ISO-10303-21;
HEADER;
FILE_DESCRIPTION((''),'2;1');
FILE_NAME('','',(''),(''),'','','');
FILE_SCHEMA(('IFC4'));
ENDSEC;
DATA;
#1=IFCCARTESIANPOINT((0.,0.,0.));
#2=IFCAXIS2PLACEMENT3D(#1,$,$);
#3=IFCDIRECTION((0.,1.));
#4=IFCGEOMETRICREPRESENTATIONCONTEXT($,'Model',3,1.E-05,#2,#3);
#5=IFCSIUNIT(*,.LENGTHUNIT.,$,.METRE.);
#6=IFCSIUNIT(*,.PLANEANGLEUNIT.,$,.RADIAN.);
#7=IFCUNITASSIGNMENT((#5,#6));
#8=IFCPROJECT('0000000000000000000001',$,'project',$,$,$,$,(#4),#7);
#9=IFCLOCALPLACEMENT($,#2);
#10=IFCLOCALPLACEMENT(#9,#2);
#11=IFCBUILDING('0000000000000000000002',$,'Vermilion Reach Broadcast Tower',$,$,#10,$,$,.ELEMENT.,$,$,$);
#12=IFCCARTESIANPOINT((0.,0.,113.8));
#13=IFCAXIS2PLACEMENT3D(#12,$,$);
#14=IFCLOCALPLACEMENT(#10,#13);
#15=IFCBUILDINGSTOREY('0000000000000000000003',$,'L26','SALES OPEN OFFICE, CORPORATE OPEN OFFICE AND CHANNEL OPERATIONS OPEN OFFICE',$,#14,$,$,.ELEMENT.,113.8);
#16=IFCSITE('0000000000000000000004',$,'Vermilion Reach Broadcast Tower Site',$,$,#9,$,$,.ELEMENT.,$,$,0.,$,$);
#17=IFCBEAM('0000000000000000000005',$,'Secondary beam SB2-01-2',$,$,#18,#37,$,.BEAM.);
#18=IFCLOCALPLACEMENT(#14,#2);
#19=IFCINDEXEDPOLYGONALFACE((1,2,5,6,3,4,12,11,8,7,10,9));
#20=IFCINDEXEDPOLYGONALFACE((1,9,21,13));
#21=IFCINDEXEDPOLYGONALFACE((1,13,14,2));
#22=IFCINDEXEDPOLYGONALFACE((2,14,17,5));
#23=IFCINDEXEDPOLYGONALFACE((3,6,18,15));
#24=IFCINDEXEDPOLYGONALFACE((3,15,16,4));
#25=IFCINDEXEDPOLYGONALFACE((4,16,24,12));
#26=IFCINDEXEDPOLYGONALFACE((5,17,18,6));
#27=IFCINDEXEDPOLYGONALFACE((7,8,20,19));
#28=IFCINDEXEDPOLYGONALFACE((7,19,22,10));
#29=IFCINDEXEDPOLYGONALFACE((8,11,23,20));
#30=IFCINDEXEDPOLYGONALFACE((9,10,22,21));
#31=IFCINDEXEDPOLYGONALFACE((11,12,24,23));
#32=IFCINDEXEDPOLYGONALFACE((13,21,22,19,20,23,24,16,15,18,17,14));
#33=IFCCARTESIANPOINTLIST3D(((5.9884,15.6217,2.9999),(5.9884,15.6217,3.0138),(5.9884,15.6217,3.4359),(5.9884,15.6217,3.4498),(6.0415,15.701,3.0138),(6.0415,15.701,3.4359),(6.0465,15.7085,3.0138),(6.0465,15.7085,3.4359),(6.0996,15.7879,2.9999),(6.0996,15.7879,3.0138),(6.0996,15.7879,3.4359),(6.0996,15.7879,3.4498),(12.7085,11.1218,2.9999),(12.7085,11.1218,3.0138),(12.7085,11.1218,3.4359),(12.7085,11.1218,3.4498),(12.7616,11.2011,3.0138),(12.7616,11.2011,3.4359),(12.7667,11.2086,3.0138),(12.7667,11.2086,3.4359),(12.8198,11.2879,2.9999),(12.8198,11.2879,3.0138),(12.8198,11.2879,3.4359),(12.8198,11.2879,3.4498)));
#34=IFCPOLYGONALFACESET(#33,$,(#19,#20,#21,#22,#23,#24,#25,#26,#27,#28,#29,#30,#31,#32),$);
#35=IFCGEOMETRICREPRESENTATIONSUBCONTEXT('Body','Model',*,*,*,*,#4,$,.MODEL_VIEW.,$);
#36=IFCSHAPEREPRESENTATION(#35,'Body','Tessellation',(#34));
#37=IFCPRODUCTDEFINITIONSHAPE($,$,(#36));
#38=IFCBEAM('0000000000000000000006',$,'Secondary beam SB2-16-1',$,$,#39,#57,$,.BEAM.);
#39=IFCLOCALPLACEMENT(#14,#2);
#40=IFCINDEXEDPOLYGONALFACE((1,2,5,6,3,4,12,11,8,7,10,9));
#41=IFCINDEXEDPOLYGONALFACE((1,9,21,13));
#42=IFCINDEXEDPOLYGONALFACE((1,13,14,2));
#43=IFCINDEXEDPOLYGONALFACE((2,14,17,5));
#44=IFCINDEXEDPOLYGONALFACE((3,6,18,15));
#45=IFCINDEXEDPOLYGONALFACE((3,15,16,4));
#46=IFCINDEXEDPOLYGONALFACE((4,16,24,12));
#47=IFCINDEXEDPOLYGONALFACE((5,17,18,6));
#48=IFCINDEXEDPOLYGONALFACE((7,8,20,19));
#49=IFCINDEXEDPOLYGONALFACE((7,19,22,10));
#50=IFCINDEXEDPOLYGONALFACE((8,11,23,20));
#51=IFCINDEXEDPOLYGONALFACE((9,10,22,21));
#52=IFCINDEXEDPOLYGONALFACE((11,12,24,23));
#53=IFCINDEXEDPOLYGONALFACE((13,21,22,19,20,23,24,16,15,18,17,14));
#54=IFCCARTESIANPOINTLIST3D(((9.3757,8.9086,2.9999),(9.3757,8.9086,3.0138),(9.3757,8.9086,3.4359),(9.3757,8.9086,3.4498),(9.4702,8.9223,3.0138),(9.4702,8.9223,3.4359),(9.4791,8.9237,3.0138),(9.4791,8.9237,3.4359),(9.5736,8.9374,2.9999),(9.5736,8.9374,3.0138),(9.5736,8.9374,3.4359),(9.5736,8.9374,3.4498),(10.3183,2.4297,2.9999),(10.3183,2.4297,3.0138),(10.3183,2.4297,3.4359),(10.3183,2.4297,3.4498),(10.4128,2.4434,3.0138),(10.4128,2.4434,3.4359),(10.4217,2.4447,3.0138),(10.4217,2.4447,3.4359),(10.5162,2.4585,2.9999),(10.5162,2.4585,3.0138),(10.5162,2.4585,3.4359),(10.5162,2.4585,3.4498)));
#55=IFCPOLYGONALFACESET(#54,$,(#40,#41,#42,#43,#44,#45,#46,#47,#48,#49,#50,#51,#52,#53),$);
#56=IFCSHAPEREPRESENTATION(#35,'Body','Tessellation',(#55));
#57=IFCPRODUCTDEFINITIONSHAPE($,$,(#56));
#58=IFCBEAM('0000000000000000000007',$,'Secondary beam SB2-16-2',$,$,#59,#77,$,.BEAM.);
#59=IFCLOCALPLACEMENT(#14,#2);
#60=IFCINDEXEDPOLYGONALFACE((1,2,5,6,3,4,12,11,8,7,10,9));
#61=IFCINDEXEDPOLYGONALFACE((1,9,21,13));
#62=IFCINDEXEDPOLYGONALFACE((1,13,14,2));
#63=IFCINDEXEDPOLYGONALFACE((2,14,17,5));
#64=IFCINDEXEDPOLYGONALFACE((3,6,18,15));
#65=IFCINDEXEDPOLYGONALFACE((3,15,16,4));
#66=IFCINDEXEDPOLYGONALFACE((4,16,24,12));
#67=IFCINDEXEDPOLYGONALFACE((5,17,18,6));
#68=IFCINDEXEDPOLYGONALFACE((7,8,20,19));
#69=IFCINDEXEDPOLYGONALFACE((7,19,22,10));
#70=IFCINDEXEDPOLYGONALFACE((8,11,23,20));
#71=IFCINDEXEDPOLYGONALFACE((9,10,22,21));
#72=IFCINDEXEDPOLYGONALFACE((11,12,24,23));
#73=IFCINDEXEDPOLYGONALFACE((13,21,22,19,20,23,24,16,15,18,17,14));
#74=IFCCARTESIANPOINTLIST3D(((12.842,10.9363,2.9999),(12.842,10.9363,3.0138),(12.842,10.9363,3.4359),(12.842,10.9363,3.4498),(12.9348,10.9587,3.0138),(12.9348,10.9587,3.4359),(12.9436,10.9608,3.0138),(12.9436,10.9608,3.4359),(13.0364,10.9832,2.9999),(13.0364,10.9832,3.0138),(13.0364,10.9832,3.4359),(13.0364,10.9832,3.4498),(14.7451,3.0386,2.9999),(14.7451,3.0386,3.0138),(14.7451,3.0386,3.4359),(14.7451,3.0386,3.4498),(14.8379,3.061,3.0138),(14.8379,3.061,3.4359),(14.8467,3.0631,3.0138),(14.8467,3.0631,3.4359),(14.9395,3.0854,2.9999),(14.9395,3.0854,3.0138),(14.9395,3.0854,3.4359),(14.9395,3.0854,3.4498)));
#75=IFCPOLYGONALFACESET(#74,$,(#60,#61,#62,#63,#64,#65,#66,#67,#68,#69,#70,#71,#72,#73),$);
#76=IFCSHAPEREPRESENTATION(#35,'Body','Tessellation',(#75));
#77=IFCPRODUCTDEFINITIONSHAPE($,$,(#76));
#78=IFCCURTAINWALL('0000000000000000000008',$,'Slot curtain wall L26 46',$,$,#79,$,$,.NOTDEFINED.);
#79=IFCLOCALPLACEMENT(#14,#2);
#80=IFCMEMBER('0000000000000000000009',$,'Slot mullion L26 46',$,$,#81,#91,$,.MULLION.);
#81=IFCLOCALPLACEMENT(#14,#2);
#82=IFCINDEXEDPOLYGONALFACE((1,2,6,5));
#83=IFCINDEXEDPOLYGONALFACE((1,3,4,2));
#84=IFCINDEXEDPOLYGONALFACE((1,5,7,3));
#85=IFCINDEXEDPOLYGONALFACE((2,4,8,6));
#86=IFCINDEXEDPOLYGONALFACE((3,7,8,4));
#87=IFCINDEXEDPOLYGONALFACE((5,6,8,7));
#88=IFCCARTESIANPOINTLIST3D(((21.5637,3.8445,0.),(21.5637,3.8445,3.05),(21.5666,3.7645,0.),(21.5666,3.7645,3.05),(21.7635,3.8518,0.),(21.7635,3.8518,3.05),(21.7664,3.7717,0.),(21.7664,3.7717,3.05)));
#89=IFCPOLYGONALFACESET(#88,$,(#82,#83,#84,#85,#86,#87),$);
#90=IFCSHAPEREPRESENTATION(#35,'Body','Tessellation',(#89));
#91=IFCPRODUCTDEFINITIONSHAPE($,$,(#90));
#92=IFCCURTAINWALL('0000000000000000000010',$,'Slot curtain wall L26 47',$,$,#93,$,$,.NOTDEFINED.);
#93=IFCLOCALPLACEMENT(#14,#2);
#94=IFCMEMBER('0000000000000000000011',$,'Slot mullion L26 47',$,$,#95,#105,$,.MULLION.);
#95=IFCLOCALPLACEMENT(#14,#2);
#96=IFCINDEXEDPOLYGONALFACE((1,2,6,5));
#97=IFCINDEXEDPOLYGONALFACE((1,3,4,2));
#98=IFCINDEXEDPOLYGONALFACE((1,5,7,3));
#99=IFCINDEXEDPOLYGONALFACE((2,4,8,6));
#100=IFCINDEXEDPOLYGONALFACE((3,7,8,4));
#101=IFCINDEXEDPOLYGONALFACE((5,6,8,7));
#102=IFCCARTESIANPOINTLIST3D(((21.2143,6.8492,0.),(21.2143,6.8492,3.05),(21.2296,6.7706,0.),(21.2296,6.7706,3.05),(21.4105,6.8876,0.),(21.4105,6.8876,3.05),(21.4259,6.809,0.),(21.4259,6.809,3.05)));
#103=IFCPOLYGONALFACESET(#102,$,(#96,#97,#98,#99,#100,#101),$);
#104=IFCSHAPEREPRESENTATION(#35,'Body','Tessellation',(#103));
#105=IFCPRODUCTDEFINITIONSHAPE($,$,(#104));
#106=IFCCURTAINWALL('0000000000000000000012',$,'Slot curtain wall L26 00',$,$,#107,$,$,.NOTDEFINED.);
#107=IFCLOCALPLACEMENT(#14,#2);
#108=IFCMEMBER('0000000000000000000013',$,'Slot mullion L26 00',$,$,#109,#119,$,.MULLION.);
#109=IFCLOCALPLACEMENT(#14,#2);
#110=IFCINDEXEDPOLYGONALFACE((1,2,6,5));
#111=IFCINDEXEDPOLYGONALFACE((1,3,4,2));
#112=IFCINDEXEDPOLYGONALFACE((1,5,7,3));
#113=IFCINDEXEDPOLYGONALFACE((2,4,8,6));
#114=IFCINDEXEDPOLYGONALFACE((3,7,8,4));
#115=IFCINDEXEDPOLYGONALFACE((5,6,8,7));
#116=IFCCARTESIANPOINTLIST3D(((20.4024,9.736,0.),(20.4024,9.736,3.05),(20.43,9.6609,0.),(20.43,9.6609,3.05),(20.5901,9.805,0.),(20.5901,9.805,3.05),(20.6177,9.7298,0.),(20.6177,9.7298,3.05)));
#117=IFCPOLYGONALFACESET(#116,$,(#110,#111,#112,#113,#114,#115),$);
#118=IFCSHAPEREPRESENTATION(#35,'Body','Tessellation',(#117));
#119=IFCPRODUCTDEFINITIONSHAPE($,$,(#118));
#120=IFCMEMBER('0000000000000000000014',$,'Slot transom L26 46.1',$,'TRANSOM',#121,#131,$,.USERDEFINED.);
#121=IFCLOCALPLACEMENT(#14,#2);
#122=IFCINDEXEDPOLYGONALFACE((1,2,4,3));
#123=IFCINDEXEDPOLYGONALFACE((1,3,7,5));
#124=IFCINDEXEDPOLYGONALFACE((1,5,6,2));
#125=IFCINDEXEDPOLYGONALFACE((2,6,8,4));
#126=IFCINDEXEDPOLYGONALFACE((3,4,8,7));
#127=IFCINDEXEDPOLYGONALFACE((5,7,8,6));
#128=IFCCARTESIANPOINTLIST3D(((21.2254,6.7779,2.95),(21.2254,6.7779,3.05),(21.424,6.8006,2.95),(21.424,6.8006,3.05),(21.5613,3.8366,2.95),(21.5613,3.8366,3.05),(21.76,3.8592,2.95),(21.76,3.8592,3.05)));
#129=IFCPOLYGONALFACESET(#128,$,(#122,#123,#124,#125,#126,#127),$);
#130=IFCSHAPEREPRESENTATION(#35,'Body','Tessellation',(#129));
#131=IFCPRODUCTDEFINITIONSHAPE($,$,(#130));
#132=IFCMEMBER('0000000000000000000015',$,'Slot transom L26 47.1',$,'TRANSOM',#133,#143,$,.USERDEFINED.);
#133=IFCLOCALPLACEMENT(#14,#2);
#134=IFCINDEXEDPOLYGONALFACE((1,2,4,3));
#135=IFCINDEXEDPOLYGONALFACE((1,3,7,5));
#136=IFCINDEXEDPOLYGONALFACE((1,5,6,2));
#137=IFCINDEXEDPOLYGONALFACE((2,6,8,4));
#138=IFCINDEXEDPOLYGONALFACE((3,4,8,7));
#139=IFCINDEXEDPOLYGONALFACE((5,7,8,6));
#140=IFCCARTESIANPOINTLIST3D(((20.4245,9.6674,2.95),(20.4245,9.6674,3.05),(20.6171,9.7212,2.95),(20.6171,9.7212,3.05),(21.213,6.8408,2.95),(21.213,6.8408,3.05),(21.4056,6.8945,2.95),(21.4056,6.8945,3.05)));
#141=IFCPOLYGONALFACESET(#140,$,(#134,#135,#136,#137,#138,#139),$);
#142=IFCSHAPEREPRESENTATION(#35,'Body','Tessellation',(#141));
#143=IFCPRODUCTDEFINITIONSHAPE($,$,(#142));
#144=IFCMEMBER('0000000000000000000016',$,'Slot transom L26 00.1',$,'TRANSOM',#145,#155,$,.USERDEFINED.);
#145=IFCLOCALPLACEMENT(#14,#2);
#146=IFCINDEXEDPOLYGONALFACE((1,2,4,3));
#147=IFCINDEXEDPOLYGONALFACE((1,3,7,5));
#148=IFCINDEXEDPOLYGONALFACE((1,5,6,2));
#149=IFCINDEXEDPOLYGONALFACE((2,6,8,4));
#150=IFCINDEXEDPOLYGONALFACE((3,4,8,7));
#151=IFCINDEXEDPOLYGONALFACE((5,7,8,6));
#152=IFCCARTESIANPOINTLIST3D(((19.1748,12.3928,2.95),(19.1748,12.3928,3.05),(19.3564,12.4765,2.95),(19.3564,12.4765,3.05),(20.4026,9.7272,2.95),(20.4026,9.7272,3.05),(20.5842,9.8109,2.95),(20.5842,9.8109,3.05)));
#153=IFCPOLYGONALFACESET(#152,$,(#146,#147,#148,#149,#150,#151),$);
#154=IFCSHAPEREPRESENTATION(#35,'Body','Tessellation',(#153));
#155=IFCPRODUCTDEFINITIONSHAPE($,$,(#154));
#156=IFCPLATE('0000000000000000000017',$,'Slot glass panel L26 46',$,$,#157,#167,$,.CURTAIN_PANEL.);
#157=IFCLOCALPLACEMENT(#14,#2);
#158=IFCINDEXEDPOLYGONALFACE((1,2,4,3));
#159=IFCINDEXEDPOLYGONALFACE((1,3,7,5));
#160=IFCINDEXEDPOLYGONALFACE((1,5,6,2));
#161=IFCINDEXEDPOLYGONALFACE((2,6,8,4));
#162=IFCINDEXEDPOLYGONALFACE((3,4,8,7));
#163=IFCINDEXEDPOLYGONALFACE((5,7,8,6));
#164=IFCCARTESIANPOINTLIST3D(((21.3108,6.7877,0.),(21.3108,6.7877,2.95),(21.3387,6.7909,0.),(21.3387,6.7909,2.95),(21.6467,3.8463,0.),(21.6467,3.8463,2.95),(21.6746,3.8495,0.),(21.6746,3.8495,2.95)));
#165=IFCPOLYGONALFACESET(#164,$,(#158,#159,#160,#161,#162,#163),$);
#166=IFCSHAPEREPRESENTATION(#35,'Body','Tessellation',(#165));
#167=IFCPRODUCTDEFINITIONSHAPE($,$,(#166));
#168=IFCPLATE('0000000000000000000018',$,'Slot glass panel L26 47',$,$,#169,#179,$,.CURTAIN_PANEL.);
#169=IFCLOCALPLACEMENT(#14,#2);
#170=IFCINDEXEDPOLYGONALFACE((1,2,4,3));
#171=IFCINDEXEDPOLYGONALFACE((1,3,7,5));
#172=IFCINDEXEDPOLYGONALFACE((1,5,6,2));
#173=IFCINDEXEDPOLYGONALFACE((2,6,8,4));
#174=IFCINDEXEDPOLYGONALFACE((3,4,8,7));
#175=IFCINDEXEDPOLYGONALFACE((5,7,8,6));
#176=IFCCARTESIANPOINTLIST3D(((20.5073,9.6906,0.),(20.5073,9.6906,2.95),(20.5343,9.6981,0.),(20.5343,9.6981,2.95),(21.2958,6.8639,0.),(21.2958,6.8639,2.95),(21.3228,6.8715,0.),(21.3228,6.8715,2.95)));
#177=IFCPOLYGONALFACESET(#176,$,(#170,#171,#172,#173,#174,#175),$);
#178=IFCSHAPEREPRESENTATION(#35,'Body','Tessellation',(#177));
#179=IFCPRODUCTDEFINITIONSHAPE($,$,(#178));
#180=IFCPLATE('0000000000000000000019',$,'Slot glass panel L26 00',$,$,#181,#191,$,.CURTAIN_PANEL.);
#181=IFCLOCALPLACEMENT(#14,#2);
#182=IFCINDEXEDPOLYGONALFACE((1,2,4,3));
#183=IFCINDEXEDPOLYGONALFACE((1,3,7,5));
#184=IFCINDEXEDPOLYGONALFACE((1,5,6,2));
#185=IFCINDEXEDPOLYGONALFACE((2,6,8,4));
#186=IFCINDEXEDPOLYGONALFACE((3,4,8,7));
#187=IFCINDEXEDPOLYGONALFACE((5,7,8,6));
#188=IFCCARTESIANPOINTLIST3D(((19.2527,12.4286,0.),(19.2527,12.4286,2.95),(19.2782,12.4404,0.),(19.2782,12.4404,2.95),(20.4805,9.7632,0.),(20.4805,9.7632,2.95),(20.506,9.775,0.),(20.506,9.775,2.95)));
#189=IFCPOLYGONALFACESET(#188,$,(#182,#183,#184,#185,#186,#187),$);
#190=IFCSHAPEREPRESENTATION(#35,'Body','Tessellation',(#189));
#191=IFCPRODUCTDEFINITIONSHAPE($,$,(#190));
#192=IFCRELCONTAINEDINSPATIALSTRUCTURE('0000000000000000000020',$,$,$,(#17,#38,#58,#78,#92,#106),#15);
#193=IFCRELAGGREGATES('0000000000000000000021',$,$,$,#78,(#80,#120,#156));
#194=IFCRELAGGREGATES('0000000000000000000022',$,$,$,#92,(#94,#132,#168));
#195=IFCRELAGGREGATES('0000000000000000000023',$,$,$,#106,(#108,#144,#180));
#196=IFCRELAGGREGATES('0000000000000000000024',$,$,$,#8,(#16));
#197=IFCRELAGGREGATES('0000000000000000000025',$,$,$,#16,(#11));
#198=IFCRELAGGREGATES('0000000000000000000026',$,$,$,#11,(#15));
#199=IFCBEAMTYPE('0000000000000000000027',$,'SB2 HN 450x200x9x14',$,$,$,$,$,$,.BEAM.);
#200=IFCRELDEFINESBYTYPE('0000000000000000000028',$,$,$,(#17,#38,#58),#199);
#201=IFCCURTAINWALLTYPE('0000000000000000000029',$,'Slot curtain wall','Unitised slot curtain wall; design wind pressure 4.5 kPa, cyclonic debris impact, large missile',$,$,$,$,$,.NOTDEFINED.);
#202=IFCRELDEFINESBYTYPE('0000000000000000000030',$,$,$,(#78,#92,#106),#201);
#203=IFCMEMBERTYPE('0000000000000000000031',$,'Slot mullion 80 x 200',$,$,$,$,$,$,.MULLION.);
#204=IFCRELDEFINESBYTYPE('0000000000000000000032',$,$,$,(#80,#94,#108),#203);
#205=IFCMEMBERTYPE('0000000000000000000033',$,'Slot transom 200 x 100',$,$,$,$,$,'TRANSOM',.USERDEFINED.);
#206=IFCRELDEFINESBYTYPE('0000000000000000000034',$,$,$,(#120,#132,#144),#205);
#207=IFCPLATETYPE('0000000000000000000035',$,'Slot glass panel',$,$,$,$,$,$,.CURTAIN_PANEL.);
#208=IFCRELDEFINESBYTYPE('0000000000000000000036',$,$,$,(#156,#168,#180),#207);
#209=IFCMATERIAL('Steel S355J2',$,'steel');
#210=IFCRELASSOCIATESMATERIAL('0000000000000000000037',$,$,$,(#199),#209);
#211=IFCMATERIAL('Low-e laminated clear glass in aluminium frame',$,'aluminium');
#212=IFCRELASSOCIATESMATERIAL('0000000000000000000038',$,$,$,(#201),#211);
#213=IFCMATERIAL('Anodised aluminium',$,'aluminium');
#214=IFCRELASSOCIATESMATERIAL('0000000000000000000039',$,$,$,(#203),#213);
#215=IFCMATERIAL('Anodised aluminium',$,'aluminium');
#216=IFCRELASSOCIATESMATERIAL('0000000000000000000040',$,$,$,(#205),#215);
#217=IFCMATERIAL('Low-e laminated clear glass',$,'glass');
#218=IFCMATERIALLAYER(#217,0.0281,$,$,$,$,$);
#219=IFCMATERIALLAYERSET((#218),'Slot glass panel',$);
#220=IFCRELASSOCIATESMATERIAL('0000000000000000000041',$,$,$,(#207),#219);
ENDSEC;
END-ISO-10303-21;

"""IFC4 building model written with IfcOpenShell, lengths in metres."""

from ifc_helpers import new_model, si_unit, direction, frame, origin, origin_2d, place, context, subcontext, project, spatial, rectangle, i_section, extrude, material, layer, layer_set, material_profile, profile_set, type_object, element, aggregate, save


model = new_model("IFC4")

# Units and contexts
model_context = context("Model", 3, precision=1e-05, world=origin(), true_north=direction((0.0, 1.0)))
body_context = subcontext(model_context, "Body", "Model", "MODEL_VIEW")
ifc_project = project(units=[si_unit("LENGTHUNIT", "METRE"), si_unit("PLANEANGLEUNIT", "RADIAN")], contexts=[model_context])

# Site, building, storey
site_placement = place(None, origin())
site = spatial("IfcSite", under=ifc_project, at=site_placement, Name="Vermilion Reach Broadcast Tower Site", CompositionType="ELEMENT", RefElevation=0.0)
building_placement = place(site_placement, origin())
building = spatial("IfcBuilding", under=site, at=building_placement, Name="Vermilion Reach Broadcast Tower", CompositionType="ELEMENT")
storey_placement = place(building_placement, frame((0.0, 0.0, 113.8)))
storey = spatial("IfcBuildingStorey", under=building, at=storey_placement, Name="L26", Description="SALES OPEN OFFICE, CORPORATE OPEN OFFICE AND CHANNEL OPERATIONS OPEN OFFICE", CompositionType="ELEMENT", Elevation=113.8)

# Beams
ifc_material_1 = material(Name="Steel S355J2", Category="steel")
ifc_material_profile_1 = material_profile(ifc_material_1, i_section(OverallWidth=0.2, OverallDepth=0.45, WebThickness=0.009, FlangeThickness=0.0139, at=origin_2d()), Name="S355J2 HN 450x200x9x14")
ifc_profile_set_1 = profile_set([ifc_material_profile_1], Name="Steel S355J2")
beam_type_1 = type_object("IfcBeamType", Name="SB2 HN 450x200x9x14", PredefinedType="BEAM", material=ifc_profile_set_1)
beam_1_placement = place(storey_placement, frame((12.7642, 11.2048, 3.2249), z_axis=(-0.830915, 0.556399, 0.0), x_axis=(-0.556399, -0.830915, 0.0)))
element("IfcBeam", 1, at=beam_1_placement, inside=storey, type_object=beam_type_1, Name="Secondary beam SB2-01-2", PredefinedType="BEAM", context=body_context, shape_type="SweptSolid", body=[
    extrude(i_section(OverallWidth=0.2, OverallDepth=0.45, WebThickness=0.009, FlangeThickness=0.0139, at=origin_2d()), origin(), (0.0, 0.0, 1.0), 8.0876),
])
beam_2_placement = place(storey_placement, frame((10.4172, 2.4441, 3.2249), z_axis=(-0.143974, 0.989582, 0.0), x_axis=(-0.989582, -0.143974, 0.0)))
element("IfcBeam", 2, at=beam_2_placement, inside=storey, type_object=beam_type_1, Name="Secondary beam SB2-16-1", PredefinedType="BEAM", context=body_context, shape_type="SweptSolid", body=[
    extrude(i_section(OverallWidth=0.2, OverallDepth=0.45, WebThickness=0.009, FlangeThickness=0.0139, at=origin_2d()), origin(), (0.0, 0.0, 1.0), 6.5471),
])
beam_3_placement = place(storey_placement, frame((14.8423, 3.062, 3.2249), z_axis=(-0.234261, 0.972174, 0.0), x_axis=(-0.972174, -0.234261, 0.0)))
element("IfcBeam", 3, at=beam_3_placement, inside=storey, type_object=beam_type_1, Name="Secondary beam SB2-16-2", PredefinedType="BEAM", context=body_context, shape_type="SweptSolid", body=[
    extrude(i_section(OverallWidth=0.2, OverallDepth=0.45, WebThickness=0.009, FlangeThickness=0.0139, at=origin_2d()), origin(), (0.0, 0.0, 1.0), 8.1238),
])

# Curtain walls, members
ifc_material_2 = material(Name="Low-e laminated clear glass in aluminium frame", Category="aluminium")
curtain_wall_type = type_object("IfcCurtainWallType", Name="Slot curtain wall", Description="Unitised slot curtain wall; design wind pressure 4.5 kPa, cyclonic debris impact, large missile", PredefinedType="NOTDEFINED", material=ifc_material_2)
placement = place(storey_placement, origin())
curtain_wall_1 = element("IfcCurtainWall", 4, at=placement, inside=storey, type_object=curtain_wall_type, Name="Slot curtain wall L26 46", PredefinedType="NOTDEFINED")
ifc_material_3 = material(Name="Anodised aluminium", Category="aluminium")
ifc_material_profile_2 = material_profile(ifc_material_3, rectangle(XDim=0.2, YDim=0.0801, at=origin_2d()), Name="Slot mullion 80 x 200")
ifc_profile_set_2 = profile_set([ifc_material_profile_2], Name="Anodised aluminium")
member_type_1 = type_object("IfcMemberType", Name="Slot mullion 80 x 200", PredefinedType="MULLION", material=ifc_profile_set_2)
member_1_placement = place(storey_placement, frame((21.665, 3.8081, 0.0), z_axis=(0.0, 0.0, 1.0), x_axis=(-0.999337, -0.036409, 0.0)))
member_1 = element("IfcMember", 5, at=member_1_placement, type_object=member_type_1, Name="Slot mullion L26 46", PredefinedType="MULLION", context=body_context, shape_type="SweptSolid", body=[
    extrude(rectangle(XDim=0.2, YDim=0.0801, at=origin_2d()), origin(), (0.0, 0.0, 1.0), 3.05),
])
curtain_wall_2 = element("IfcCurtainWall", 6, at=placement, inside=storey, type_object=curtain_wall_type, Name="Slot curtain wall L26 47", PredefinedType="NOTDEFINED")
member_2_placement = place(storey_placement, frame((21.3201, 6.8291, 0.0), z_axis=(0.0, 0.0, 1.0), x_axis=(-0.981457, -0.191685, 0.0)))
member_2 = element("IfcMember", 7, at=member_2_placement, type_object=member_type_1, Name="Slot mullion L26 47", PredefinedType="MULLION", context=body_context, shape_type="SweptSolid", body=[
    extrude(rectangle(XDim=0.2, YDim=0.0801, at=origin_2d()), origin(), (0.0, 0.0, 1.0), 3.05),
])
curtain_wall_3 = element("IfcCurtainWall", 8, at=placement, inside=storey, type_object=curtain_wall_type, Name="Slot curtain wall L26 00", PredefinedType="NOTDEFINED")
member_3_placement = place(storey_placement, frame((20.51, 9.7329, 0.0), z_axis=(0.0, 0.0, 1.0), x_axis=(-0.938734, -0.344643, 0.0)))
member_3 = element("IfcMember", 9, at=member_3_placement, type_object=member_type_1, Name="Slot mullion L26 00", PredefinedType="MULLION", context=body_context, shape_type="SweptSolid", body=[
    extrude(rectangle(XDim=0.2, YDim=0.0801, at=origin_2d()), origin(), (0.0, 0.0, 1.0), 3.05),
])

# Members
ifc_material_4 = material(Name="Anodised aluminium", Category="aluminium")
ifc_material_profile_3 = material_profile(ifc_material_4, rectangle(XDim=0.2, YDim=0.1001, at=origin_2d()), Name="Slot transom 200 x 100")
ifc_profile_set_3 = profile_set([ifc_material_profile_3], Name="Anodised aluminium")
member_type_2 = type_object("IfcMemberType", Name="Slot transom 200 x 100", ElementType="TRANSOM", PredefinedType="USERDEFINED", material=ifc_profile_set_3)
member_4_placement = place(storey_placement, frame((21.6606, 3.8479, 3.0), z_axis=(-0.113472, 0.993541, 0.0), x_axis=(-0.993541, -0.113472, 0.0)))
member_4 = element("IfcMember", 10, at=member_4_placement, type_object=member_type_2, Name="Slot transom L26 46.1", ObjectType="TRANSOM", PredefinedType="USERDEFINED", context=body_context, shape_type="SweptSolid", body=[
    extrude(rectangle(XDim=0.2, YDim=0.1001, at=origin_2d()), origin(), (0.0, 0.0, 1.0), 2.9604),
])
member_5_placement = place(storey_placement, frame((21.3093, 6.8677, 3.0), z_axis=(-0.268716, 0.963219, 0.0), x_axis=(-0.963219, -0.268716, 0.0)))
member_5 = element("IfcMember", 11, at=member_5_placement, type_object=member_type_2, Name="Slot transom L26 47.1", ObjectType="TRANSOM", PredefinedType="USERDEFINED", context=body_context, shape_type="SweptSolid", body=[
    extrude(rectangle(XDim=0.2, YDim=0.1001, at=origin_2d()), origin(), (0.0, 0.0, 1.0), 2.9346),
])
member_6_placement = place(storey_placement, frame((20.4934, 9.769, 3.0), z_axis=(-0.418367, 0.908278, 0.0), x_axis=(-0.908278, -0.418367, 0.0)))
member_6 = element("IfcMember", 12, at=member_6_placement, type_object=member_type_2, Name="Slot transom L26 00.1", ObjectType="TRANSOM", PredefinedType="USERDEFINED", context=body_context, shape_type="SweptSolid", body=[
    extrude(rectangle(XDim=0.2, YDim=0.1001, at=origin_2d()), origin(), (0.0, 0.0, 1.0), 2.9348),
])

# Plates
ifc_material_5 = material(Name="Low-e laminated clear glass", Category="glass")
ifc_layer_1 = layer(ifc_material_5, 0.0281)
ifc_layer_set_1 = layer_set([ifc_layer_1], Name="Slot glass panel")
plate_type = type_object("IfcPlateType", Name="Slot glass panel", PredefinedType="CURTAIN_PANEL", material=ifc_layer_set_1)
plate_1_placement = place(storey_placement, frame((21.4927, 5.3186, 0.0), z_axis=(0.0, 0.0, 1.0), x_axis=(-0.113472, 0.993541, 0.0)))
plate_1 = element("IfcPlate", 13, at=plate_1_placement, type_object=plate_type, Name="Slot glass panel L26 46", PredefinedType="CURTAIN_PANEL", context=body_context, shape_type="SweptSolid", body=[
    extrude(rectangle(XDim=2.9604, YDim=0.0281, at=origin_2d()), origin(), (0.0, 0.0, 1.0), 2.95),
])
aggregate(curtain_wall_1, [member_1, member_4, plate_1])
plate_2_placement = place(storey_placement, frame((20.915, 8.281, 0.0), z_axis=(0.0, 0.0, 1.0), x_axis=(-0.268697, 0.963225, 0.0)))
plate_2 = element("IfcPlate", 14, at=plate_2_placement, type_object=plate_type, Name="Slot glass panel L26 47", PredefinedType="CURTAIN_PANEL", context=body_context, shape_type="SweptSolid", body=[
    extrude(rectangle(XDim=2.9346, YDim=0.0281, at=origin_2d()), origin(), (0.0, 0.0, 1.0), 2.95),
])
aggregate(curtain_wall_2, [member_2, member_5, plate_2])
plate_3_placement = place(storey_placement, frame((19.8794, 11.1018, 0.0), z_axis=(0.0, 0.0, 1.0), x_axis=(-0.418394, 0.908266, 0.0)))
plate_3 = element("IfcPlate", 15, at=plate_3_placement, type_object=plate_type, Name="Slot glass panel L26 00", PredefinedType="CURTAIN_PANEL", context=body_context, shape_type="SweptSolid", body=[
    extrude(rectangle(XDim=2.9346, YDim=0.0281, at=origin_2d()), origin(), (0.0, 0.0, 1.0), 2.95),
])
aggregate(curtain_wall_3, [member_3, member_6, plate_3])

save(model, "model.ifc")
